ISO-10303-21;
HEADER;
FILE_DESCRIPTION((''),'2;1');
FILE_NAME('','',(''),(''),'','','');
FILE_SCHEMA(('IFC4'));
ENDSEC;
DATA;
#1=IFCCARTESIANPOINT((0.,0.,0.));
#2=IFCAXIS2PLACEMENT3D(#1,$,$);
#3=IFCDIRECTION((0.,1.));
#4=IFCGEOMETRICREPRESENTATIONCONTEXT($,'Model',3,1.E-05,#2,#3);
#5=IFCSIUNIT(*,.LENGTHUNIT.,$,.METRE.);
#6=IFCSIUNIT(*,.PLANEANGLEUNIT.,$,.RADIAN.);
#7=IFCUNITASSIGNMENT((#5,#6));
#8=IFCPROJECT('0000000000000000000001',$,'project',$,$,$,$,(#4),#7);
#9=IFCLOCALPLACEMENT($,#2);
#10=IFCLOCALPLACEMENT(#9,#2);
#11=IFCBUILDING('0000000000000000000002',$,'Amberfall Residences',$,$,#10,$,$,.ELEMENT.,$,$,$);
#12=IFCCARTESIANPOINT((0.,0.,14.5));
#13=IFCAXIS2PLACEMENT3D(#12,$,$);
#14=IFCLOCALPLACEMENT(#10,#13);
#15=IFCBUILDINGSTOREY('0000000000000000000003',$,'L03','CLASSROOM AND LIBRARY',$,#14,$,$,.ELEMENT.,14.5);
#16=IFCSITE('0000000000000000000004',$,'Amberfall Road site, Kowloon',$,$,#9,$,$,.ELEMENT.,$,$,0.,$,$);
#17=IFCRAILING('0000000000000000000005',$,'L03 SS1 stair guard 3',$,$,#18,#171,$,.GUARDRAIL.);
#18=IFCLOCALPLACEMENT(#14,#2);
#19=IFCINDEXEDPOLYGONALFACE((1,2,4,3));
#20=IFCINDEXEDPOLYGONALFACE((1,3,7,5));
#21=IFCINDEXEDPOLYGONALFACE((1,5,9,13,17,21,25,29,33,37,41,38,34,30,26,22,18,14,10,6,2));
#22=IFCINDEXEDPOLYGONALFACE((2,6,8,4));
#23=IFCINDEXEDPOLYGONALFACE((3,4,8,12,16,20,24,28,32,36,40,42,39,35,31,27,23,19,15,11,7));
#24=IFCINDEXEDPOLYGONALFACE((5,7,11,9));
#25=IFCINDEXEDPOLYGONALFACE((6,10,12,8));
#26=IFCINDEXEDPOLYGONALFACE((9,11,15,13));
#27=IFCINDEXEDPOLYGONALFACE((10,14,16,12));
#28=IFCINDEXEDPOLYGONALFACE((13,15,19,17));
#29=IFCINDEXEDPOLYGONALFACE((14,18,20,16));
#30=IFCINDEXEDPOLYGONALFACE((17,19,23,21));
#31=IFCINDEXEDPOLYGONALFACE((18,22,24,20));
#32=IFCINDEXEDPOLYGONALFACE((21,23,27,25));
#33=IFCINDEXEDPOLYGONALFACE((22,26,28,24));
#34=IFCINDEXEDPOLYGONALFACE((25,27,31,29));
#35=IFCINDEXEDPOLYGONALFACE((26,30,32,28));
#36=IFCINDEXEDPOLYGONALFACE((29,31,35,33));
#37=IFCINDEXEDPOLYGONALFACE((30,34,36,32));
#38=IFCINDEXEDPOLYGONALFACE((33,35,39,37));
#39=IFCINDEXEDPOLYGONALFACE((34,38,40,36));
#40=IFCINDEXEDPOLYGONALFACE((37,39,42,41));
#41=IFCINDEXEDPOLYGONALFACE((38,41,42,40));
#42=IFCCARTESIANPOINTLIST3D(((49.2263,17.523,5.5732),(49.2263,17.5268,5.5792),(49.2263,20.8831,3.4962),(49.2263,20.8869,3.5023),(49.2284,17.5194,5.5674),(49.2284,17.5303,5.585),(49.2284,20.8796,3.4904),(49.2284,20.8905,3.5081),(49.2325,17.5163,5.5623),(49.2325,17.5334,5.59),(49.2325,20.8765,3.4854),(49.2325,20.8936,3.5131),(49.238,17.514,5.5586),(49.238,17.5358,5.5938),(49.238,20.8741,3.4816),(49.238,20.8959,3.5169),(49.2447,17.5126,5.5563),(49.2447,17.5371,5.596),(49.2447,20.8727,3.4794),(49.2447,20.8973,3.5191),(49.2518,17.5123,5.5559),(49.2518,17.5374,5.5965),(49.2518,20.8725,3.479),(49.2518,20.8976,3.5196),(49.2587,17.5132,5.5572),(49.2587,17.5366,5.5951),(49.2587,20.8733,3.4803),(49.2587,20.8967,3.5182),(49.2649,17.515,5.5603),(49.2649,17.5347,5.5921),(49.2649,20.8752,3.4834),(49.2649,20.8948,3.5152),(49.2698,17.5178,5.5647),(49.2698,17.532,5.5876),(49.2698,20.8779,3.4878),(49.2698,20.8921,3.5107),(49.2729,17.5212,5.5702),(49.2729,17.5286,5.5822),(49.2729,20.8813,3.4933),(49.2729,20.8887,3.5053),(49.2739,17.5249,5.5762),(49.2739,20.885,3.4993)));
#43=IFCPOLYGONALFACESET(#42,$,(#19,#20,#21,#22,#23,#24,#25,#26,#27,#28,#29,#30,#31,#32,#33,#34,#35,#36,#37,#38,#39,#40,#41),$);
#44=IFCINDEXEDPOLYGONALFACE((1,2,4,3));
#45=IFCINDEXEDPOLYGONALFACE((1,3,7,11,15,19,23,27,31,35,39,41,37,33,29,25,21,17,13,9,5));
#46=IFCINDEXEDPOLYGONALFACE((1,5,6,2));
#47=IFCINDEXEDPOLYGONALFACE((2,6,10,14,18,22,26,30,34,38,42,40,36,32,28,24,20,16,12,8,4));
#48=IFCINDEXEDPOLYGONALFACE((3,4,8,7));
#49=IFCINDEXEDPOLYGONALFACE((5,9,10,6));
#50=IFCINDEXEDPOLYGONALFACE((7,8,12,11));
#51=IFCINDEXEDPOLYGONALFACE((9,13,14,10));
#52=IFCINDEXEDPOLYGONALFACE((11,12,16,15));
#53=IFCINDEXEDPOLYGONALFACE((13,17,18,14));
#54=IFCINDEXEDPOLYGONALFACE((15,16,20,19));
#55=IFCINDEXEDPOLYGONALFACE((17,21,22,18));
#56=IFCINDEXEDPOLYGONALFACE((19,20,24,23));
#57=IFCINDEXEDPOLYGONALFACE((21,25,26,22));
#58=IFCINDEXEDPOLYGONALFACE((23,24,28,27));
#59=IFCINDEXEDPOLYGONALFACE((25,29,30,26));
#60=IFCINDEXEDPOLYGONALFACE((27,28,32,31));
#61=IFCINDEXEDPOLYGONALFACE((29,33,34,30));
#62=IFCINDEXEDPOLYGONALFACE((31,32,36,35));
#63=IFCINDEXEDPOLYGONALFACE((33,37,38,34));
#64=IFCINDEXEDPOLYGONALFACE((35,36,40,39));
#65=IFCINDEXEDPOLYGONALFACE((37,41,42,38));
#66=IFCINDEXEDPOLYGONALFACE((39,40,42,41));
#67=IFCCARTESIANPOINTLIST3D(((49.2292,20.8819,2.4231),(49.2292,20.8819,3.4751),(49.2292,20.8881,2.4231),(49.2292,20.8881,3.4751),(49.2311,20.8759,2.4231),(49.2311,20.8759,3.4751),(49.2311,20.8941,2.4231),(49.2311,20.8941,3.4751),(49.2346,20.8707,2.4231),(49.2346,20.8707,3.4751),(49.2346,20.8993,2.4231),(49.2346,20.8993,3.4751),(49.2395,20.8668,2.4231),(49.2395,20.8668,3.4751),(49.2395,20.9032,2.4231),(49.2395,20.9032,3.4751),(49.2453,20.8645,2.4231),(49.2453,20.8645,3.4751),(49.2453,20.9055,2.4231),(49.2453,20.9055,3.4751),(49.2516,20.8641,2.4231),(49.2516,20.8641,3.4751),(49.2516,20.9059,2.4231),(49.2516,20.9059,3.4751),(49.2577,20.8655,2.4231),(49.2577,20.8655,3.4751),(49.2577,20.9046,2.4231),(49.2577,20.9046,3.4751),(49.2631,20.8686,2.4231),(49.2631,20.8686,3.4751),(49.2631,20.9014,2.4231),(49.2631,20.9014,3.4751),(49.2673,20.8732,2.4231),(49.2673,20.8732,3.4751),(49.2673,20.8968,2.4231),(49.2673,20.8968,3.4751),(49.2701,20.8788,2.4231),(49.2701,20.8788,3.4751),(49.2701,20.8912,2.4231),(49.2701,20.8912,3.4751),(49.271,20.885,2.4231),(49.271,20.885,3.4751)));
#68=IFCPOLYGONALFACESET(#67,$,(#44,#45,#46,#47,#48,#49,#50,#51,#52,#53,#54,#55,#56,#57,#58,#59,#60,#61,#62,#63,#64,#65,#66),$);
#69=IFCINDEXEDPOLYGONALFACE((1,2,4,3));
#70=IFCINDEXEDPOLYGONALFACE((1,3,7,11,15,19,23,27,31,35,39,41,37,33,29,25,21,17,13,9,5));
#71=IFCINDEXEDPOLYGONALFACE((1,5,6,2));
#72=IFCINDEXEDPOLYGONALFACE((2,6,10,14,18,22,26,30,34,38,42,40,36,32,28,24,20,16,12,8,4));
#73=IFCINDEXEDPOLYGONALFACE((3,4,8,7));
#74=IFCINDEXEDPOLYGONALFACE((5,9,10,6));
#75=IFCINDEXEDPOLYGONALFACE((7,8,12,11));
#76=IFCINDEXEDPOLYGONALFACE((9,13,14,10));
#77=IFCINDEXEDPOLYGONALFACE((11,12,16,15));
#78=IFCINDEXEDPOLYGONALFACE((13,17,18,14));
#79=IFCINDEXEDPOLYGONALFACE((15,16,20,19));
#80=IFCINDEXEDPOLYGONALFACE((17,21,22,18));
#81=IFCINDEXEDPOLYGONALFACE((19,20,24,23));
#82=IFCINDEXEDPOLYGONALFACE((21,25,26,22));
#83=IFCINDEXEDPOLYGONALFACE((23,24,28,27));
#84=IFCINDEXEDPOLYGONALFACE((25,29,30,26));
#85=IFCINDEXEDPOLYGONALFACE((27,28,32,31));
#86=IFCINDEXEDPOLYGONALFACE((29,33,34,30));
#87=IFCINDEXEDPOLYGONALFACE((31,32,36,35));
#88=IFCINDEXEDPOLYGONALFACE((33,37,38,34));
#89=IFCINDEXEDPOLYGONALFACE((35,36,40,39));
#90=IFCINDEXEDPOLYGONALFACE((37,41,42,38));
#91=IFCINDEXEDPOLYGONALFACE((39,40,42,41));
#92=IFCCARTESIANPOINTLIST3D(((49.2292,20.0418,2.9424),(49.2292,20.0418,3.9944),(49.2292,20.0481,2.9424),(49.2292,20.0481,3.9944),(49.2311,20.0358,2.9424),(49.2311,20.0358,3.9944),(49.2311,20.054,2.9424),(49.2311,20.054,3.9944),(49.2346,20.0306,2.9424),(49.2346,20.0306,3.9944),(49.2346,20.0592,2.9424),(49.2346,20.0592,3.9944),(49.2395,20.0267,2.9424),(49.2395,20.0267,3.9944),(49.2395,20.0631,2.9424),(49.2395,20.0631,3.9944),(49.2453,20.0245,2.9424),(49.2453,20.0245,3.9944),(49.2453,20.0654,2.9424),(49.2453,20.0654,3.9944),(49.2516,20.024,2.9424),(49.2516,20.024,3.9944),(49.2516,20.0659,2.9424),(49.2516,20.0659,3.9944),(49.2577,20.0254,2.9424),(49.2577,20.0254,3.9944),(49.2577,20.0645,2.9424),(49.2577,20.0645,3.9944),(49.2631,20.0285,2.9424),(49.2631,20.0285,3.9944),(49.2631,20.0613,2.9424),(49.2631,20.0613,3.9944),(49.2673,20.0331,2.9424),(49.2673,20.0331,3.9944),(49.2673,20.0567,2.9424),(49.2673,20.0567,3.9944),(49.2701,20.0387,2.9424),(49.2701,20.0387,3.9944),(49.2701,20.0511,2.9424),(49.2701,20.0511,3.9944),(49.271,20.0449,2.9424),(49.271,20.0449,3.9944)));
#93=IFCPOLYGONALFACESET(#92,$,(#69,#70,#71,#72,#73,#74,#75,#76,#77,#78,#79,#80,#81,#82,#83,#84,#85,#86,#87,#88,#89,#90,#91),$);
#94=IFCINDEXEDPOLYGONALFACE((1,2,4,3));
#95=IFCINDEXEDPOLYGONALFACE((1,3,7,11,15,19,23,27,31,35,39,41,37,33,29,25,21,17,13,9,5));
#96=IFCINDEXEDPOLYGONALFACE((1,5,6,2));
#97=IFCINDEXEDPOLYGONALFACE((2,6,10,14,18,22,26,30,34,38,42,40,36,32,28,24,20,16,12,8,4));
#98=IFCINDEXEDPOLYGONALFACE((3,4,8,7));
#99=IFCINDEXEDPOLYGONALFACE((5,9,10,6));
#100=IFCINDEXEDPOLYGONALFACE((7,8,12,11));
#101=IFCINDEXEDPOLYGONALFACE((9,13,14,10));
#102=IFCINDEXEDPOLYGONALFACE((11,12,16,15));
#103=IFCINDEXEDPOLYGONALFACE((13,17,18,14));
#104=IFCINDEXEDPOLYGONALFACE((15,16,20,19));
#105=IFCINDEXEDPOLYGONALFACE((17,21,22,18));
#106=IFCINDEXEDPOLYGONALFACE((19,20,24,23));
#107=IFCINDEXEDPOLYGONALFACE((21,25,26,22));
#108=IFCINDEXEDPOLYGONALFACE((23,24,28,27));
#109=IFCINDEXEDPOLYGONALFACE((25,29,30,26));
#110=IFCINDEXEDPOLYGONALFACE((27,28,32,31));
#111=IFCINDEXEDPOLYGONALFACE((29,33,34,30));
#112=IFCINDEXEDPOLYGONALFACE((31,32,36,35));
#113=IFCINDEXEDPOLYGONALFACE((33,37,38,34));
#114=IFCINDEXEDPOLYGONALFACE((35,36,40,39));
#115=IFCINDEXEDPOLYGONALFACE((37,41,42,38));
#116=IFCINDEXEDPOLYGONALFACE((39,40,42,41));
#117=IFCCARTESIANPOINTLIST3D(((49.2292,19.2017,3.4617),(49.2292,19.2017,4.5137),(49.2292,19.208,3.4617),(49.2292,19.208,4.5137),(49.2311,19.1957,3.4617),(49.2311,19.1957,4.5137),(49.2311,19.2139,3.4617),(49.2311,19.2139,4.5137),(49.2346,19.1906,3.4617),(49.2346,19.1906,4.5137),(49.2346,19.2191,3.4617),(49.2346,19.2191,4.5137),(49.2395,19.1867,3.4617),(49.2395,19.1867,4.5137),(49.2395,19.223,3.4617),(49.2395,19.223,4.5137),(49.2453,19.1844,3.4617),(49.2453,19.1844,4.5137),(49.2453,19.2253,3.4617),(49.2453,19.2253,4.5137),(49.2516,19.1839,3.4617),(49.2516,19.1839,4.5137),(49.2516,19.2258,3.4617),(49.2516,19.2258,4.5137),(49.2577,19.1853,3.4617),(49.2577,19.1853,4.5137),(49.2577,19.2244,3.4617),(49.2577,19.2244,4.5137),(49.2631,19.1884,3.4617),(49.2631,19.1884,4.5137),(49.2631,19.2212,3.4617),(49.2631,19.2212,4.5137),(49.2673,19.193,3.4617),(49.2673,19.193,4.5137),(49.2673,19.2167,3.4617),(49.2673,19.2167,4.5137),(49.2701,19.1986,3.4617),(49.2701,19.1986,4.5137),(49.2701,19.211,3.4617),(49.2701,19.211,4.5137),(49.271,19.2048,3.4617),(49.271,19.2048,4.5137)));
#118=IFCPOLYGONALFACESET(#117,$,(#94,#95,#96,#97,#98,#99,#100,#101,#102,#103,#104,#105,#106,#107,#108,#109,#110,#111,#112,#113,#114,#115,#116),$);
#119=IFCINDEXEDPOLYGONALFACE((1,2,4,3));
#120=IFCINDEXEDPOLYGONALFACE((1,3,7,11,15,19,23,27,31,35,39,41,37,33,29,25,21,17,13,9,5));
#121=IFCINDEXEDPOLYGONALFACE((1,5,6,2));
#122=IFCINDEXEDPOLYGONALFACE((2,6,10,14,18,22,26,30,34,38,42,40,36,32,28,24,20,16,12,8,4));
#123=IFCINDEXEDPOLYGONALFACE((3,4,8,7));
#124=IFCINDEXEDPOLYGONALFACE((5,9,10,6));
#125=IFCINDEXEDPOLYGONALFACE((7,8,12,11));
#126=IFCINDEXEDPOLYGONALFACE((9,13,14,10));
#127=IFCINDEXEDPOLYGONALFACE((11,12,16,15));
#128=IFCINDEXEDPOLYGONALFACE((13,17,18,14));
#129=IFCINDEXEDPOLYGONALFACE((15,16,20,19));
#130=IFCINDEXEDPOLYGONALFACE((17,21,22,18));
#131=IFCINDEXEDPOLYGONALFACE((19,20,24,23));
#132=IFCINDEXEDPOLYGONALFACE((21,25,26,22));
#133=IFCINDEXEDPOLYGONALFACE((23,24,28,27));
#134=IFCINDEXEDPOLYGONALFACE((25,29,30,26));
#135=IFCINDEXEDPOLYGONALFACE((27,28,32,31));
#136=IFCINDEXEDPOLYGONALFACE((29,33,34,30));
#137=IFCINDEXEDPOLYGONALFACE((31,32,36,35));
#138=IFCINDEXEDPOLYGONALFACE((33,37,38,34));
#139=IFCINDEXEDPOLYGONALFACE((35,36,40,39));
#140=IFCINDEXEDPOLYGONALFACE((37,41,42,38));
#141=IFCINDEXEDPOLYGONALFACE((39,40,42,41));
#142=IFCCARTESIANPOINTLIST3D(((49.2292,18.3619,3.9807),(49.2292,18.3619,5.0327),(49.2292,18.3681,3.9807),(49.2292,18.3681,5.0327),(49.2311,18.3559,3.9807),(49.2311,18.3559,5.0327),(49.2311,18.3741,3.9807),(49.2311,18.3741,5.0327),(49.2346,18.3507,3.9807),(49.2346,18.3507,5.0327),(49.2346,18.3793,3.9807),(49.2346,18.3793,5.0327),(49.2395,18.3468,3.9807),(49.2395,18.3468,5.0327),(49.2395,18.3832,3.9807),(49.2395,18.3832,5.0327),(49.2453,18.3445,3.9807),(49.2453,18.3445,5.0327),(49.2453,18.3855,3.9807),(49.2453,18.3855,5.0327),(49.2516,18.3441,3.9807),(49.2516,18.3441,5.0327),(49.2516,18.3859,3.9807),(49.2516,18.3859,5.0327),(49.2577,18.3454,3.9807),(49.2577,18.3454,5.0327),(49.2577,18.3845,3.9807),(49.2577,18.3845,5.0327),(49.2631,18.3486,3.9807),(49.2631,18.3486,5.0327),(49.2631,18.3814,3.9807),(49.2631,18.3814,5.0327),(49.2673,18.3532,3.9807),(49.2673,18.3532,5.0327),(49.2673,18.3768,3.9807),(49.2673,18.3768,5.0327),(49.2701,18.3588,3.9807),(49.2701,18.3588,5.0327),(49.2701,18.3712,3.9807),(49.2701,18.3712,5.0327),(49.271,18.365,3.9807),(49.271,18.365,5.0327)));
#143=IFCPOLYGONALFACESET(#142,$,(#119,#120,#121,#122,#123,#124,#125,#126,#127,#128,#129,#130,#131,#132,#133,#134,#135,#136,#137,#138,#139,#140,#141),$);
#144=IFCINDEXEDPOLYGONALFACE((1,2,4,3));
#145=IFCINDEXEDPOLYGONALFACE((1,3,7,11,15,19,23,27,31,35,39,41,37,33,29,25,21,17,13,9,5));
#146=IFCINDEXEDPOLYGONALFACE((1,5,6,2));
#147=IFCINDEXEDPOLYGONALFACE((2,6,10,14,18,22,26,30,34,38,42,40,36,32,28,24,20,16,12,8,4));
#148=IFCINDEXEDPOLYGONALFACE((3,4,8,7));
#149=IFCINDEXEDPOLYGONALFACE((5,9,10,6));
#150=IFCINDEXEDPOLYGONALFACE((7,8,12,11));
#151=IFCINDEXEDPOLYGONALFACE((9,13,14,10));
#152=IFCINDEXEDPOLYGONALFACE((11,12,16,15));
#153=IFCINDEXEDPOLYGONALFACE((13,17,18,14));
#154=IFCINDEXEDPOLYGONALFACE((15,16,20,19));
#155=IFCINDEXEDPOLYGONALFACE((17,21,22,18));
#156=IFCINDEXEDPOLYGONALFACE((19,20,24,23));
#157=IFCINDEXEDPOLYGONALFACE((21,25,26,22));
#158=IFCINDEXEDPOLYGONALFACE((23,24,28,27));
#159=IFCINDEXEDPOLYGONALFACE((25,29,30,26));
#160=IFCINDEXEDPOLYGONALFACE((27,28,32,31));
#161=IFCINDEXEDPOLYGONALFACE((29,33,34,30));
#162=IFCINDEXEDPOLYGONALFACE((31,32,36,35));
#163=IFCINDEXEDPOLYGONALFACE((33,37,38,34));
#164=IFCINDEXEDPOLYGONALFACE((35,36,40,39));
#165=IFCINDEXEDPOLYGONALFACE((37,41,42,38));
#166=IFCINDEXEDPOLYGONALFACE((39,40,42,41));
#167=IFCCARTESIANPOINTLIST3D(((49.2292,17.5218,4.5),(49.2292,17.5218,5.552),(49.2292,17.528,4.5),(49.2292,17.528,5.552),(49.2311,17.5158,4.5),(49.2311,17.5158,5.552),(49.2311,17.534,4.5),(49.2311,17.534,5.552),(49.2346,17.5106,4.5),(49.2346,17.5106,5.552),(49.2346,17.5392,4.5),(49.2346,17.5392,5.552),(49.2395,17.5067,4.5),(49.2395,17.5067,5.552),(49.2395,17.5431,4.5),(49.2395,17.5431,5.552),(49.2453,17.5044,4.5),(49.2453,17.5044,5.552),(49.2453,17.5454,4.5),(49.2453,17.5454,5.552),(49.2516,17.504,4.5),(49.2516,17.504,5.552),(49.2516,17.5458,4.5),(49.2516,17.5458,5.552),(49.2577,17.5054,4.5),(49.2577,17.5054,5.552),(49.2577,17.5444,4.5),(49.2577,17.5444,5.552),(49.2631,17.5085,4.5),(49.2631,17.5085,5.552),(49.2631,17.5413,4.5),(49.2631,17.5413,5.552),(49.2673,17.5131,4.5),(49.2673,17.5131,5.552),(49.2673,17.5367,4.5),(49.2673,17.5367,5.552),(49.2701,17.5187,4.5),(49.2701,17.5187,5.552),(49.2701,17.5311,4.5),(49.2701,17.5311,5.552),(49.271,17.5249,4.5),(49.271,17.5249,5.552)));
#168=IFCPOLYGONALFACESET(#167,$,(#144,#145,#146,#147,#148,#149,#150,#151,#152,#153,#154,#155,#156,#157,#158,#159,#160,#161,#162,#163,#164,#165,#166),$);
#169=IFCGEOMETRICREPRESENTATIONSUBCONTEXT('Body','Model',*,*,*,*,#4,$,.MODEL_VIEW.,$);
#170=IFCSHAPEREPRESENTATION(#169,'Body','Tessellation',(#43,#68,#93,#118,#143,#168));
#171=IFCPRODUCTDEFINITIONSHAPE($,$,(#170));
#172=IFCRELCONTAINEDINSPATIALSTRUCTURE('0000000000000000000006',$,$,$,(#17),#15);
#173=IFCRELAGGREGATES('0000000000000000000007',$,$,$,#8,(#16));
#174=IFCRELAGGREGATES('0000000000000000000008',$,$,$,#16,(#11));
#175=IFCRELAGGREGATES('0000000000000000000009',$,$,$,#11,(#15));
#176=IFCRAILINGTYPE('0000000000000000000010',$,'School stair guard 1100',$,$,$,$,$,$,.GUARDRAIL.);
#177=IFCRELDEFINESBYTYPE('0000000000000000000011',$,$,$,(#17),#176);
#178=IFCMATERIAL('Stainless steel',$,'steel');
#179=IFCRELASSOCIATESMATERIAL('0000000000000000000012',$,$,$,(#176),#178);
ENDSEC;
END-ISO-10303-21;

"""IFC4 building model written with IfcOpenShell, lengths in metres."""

from ifc_helpers import new_model, si_unit, direction, frame, origin, origin_2d, place, context, subcontext, project, spatial, circle, extrude, material, type_object, element, save


model = new_model("IFC4")

# Units and contexts
model_context = context("Model", 3, precision=1e-05, world=origin(), true_north=direction((0.0, 1.0)))
body_context = subcontext(model_context, "Body", "Model", "MODEL_VIEW")
ifc_project = project(units=[si_unit("LENGTHUNIT", "METRE"), si_unit("PLANEANGLEUNIT", "RADIAN")], contexts=[model_context])

# Site, building, storey
site_placement = place(None, origin())
site = spatial("IfcSite", under=ifc_project, at=site_placement, Name="Amberfall Road site, Kowloon", CompositionType="ELEMENT", RefElevation=0.0)
building_placement = place(site_placement, origin())
building = spatial("IfcBuilding", under=site, at=building_placement, Name="Amberfall Residences", CompositionType="ELEMENT")
storey_placement = place(building_placement, frame((0.0, 0.0, 14.5)))
storey = spatial("IfcBuildingStorey", under=building, at=storey_placement, Name="L03", Description="CLASSROOM AND LIBRARY", CompositionType="ELEMENT", Elevation=14.5)

# Railing
ifc_material_1 = material(Name="Stainless steel", Category="steel")
railing_type_1 = type_object("IfcRailingType", Name="School stair guard 1100", PredefinedType="GUARDRAIL", material=ifc_material_1)
railing_1_placement = place(storey_placement, frame((49.25, 20.885, 2.4231)))
element("IfcRailing", 1, at=railing_1_placement, inside=storey, type_object=railing_type_1, Name="L03 SS1 stair guard 3", PredefinedType="GUARDRAIL", context=body_context, shape_type="SweptSolid", body=[
    extrude(circle(Radius=0.0239, at=origin_2d()), frame((0.0, 0.0, 1.0762), z_axis=(0.0, -0.850623, 0.525776), x_axis=(1.0, 0.0, 0.0)), (0.0, 0.0, 1.0), 3.9502),
    extrude(circle(Radius=0.021, at=origin_2d()), origin(), (0.0, 0.0, 1.0), 1.052),
    extrude(circle(Radius=0.021, at=origin_2d()), frame((0.0, -0.8401, 0.5193)), (0.0, 0.0, 1.0), 1.052),
    extrude(circle(Radius=0.021, at=origin_2d()), frame((0.0, -1.6802, 1.0386)), (0.0, 0.0, 1.0), 1.052),
    extrude(circle(Radius=0.021, at=origin_2d()), frame((0.0, -2.52, 1.5576)), (0.0, 0.0, 1.0), 1.052),
    extrude(circle(Radius=0.021, at=origin_2d()), frame((0.0, -3.3601, 2.0769)), (0.0, 0.0, 1.0), 1.052),
])

save(model, "model.ifc")
